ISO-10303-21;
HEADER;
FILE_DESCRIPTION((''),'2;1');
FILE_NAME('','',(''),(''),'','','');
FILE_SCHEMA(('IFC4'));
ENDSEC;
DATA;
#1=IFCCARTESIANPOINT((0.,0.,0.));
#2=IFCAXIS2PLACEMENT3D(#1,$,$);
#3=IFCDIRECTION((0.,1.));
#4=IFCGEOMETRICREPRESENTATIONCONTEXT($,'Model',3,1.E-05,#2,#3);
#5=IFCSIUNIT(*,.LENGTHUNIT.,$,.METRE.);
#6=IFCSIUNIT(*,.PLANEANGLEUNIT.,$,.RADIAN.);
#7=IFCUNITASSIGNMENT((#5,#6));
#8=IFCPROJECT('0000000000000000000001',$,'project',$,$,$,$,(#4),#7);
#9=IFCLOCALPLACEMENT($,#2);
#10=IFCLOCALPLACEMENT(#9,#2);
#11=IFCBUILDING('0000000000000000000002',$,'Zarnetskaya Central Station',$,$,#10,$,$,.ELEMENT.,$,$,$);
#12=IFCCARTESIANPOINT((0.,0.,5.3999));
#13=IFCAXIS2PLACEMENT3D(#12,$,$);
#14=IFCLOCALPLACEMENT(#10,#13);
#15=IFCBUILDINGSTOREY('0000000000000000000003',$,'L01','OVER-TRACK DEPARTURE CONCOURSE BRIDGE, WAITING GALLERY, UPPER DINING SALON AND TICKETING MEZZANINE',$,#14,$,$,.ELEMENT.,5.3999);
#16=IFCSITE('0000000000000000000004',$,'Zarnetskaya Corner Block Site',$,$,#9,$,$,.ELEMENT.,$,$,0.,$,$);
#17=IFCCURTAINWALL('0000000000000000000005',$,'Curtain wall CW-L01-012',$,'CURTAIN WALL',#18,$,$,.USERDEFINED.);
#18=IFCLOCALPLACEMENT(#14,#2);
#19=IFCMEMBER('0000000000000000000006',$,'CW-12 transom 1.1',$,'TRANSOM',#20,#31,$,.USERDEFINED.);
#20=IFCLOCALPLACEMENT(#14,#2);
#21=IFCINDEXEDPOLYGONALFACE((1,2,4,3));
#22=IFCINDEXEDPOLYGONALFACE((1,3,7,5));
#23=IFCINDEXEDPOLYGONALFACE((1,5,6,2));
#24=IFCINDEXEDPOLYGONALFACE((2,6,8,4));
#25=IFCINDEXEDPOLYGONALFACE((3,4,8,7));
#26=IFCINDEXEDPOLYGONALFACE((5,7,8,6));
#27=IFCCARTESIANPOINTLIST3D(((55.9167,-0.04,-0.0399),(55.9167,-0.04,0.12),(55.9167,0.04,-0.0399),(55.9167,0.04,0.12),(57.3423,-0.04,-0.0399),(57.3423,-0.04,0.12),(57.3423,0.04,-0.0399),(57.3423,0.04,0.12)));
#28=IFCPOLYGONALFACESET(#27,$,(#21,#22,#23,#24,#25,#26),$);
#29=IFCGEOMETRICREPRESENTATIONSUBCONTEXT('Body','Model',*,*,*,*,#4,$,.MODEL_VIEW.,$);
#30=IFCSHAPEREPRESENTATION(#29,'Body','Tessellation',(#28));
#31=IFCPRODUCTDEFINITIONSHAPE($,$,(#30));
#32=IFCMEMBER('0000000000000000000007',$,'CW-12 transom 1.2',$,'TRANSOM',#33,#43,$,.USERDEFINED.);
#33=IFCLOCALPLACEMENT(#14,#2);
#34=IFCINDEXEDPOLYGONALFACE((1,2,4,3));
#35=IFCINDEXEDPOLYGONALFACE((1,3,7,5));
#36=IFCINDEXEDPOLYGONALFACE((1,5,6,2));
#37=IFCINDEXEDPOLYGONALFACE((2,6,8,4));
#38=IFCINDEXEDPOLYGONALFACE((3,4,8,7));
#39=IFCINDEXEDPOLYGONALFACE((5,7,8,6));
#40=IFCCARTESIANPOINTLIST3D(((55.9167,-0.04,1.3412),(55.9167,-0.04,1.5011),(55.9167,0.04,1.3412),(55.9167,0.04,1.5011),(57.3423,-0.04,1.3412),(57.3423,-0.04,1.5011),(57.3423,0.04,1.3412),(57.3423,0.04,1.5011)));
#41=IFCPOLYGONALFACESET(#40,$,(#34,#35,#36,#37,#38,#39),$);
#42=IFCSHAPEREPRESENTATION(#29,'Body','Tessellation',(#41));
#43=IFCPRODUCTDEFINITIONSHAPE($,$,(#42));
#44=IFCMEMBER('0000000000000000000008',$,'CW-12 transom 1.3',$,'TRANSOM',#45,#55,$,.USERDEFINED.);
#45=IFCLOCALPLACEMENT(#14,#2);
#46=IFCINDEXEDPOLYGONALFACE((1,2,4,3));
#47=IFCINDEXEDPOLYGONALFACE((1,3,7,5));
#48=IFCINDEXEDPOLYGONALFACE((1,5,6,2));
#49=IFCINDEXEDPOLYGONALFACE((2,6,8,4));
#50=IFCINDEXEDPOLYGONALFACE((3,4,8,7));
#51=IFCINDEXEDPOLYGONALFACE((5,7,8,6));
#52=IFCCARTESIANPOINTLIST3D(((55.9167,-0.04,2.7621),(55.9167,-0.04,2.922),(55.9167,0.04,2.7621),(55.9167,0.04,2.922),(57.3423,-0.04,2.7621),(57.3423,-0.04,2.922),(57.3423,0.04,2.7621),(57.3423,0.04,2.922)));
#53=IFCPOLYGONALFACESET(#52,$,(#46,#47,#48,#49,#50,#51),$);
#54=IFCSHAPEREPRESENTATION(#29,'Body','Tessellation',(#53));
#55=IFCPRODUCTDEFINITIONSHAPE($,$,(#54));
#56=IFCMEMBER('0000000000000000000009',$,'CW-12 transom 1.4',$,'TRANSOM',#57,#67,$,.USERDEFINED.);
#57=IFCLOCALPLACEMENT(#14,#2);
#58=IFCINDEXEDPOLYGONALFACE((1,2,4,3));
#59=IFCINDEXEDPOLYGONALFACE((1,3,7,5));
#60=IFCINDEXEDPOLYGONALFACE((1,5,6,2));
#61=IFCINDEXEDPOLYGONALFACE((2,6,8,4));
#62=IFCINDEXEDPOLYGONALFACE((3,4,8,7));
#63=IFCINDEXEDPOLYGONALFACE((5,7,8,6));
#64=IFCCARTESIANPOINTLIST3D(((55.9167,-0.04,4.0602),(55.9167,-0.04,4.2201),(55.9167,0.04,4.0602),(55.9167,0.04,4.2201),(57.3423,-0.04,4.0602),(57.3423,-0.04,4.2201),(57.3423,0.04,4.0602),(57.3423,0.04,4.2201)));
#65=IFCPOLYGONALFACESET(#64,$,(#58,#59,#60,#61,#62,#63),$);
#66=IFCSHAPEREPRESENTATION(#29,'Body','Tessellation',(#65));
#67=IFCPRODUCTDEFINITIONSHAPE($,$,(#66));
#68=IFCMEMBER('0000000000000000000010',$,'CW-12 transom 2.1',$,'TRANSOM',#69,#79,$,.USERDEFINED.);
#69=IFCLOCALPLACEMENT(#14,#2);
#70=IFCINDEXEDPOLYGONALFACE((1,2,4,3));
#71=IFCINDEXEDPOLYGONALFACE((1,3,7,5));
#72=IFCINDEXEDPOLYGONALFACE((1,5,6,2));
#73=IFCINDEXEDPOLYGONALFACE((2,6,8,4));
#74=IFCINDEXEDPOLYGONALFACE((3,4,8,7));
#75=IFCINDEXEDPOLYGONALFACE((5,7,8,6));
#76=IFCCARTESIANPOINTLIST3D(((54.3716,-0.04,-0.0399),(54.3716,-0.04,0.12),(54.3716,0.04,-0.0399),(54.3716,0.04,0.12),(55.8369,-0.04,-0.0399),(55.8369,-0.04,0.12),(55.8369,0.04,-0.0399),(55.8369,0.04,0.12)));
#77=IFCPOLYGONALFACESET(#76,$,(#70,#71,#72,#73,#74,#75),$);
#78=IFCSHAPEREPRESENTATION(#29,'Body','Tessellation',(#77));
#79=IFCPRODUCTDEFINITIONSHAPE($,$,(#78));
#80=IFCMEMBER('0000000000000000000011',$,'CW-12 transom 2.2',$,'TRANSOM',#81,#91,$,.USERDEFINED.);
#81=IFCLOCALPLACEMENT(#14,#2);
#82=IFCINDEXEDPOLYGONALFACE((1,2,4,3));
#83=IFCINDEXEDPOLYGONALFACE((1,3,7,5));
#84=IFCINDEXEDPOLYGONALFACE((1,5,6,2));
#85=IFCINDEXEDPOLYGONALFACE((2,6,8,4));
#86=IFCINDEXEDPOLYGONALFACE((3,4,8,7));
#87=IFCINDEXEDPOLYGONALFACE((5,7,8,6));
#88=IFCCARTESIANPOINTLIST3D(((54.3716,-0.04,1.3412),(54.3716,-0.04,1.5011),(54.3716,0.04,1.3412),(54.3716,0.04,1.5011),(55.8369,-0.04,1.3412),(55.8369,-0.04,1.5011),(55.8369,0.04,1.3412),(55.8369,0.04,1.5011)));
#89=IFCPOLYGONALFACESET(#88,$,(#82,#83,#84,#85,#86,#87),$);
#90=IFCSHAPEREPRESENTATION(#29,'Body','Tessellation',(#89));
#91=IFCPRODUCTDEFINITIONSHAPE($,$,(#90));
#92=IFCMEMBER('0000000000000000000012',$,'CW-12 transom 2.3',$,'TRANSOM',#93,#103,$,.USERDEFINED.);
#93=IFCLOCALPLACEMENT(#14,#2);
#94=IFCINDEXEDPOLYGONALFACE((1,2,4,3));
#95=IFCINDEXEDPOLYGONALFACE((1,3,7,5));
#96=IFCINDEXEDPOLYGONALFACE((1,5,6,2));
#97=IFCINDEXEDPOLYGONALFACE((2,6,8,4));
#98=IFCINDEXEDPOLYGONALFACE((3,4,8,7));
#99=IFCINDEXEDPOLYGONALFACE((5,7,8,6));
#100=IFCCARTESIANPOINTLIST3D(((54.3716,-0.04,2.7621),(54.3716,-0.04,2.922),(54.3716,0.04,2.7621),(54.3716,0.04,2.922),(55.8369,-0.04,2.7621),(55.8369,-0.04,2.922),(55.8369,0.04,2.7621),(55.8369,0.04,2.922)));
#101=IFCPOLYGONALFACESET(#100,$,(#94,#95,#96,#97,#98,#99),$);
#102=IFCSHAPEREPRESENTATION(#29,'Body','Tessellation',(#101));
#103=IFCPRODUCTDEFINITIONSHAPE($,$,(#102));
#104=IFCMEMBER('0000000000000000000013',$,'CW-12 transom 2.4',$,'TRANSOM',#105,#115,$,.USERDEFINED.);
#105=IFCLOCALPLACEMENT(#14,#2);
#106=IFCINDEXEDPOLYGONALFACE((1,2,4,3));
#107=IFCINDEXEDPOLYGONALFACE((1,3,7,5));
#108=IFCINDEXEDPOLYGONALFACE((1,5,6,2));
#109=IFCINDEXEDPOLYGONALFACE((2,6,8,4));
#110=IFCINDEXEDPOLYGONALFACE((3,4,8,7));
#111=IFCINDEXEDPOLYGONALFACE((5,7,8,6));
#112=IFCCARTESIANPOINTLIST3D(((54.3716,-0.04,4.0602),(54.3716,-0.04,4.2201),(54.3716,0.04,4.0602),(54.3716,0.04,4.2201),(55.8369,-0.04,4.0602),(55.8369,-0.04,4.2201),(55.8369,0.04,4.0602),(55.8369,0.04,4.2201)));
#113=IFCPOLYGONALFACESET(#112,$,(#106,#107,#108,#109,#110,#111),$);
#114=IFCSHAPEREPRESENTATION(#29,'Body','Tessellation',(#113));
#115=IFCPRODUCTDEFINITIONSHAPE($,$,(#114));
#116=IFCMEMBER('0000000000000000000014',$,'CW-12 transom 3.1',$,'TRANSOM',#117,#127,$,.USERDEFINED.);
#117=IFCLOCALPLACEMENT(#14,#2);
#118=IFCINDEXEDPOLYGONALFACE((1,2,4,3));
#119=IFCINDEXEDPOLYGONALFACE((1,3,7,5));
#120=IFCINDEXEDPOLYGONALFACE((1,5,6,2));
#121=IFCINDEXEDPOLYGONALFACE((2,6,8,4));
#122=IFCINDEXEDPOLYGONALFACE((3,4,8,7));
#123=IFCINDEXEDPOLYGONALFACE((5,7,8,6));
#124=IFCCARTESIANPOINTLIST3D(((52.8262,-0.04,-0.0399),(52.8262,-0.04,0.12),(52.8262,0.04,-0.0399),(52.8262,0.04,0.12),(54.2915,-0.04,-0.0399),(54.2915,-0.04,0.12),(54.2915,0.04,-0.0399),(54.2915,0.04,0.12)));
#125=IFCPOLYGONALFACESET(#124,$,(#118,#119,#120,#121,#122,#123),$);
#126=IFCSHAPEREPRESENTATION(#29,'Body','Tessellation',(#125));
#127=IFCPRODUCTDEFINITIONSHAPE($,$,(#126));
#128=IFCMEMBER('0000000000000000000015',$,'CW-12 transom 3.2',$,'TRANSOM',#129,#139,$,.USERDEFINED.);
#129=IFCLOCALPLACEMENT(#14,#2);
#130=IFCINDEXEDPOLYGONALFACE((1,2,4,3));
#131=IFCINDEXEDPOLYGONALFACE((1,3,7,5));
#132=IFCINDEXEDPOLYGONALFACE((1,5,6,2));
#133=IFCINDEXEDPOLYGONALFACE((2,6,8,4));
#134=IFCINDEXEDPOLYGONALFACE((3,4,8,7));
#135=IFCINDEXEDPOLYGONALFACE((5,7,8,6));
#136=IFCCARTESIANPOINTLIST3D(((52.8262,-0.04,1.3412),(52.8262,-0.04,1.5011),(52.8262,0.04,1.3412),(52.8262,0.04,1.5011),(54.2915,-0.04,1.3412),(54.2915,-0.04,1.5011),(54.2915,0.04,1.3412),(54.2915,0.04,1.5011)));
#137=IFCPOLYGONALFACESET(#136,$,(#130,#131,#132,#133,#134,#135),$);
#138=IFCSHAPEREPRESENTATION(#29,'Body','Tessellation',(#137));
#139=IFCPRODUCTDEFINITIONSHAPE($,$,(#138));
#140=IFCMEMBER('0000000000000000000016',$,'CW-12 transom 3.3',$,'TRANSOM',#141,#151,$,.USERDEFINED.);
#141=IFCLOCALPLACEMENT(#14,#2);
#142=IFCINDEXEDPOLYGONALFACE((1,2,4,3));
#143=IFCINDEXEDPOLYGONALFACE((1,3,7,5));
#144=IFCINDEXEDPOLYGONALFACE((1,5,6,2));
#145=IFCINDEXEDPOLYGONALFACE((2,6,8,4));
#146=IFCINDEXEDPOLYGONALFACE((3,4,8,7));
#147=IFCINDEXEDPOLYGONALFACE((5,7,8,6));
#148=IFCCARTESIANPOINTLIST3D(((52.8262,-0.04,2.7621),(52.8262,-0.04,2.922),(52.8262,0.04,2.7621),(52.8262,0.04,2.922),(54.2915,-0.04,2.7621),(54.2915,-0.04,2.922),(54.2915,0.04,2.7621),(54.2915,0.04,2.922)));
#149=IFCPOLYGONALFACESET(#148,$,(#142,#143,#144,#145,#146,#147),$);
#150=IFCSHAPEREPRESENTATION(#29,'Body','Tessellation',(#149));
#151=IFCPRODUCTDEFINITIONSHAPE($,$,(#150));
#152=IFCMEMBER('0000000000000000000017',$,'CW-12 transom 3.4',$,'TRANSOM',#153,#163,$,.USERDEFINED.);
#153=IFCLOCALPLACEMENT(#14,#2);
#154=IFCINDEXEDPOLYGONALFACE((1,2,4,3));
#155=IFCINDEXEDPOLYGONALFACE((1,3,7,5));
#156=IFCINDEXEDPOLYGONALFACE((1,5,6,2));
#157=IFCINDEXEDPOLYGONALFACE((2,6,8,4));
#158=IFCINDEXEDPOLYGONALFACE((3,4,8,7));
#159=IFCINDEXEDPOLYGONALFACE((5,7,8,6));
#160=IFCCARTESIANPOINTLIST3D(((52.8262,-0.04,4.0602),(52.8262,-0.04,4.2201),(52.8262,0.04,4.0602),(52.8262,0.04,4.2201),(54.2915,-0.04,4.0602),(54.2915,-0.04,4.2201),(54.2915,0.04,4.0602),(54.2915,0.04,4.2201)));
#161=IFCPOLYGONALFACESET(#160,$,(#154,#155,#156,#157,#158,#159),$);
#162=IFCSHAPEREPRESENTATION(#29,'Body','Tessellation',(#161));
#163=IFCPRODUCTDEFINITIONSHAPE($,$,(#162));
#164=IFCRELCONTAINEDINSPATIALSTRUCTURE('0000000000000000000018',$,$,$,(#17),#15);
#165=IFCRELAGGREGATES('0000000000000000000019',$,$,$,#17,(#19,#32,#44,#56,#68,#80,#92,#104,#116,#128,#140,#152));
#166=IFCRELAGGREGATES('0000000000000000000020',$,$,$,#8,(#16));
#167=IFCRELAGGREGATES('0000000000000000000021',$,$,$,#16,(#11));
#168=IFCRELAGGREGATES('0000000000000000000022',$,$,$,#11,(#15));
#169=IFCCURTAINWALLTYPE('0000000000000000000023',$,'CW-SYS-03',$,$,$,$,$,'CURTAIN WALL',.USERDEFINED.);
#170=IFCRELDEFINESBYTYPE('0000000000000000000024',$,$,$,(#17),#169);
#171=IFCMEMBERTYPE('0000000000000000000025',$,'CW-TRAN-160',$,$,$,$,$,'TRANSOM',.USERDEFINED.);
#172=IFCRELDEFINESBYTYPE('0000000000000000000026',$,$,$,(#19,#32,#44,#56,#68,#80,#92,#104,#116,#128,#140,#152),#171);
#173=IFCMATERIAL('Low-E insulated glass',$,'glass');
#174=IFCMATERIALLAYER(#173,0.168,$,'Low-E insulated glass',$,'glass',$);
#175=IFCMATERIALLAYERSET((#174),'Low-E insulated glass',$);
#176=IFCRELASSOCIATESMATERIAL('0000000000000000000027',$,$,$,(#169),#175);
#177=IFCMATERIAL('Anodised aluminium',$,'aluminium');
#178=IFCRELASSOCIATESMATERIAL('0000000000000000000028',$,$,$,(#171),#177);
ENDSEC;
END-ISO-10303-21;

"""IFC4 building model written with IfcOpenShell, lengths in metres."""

from ifc_helpers import new_model, si_unit, direction, frame, origin, origin_2d, place, context, subcontext, project, spatial, rectangle, extrude, material, layer, layer_set, material_profile, profile_set, type_object, element, aggregate, save


model = new_model("IFC4")

# Units and contexts
model_context = context("Model", 3, precision=1e-05, world=origin(), true_north=direction((0.0, 1.0)))
body_context = subcontext(model_context, "Body", "Model", "MODEL_VIEW")
ifc_project = project(units=[si_unit("LENGTHUNIT", "METRE"), si_unit("PLANEANGLEUNIT", "RADIAN")], contexts=[model_context])

# Site, building, storey
site_placement = place(None, origin())
site = spatial("IfcSite", under=ifc_project, at=site_placement, Name="Zarnetskaya Corner Block Site", CompositionType="ELEMENT", RefElevation=0.0)
building_placement = place(site_placement, origin())
building = spatial("IfcBuilding", under=site, at=building_placement, Name="Zarnetskaya Central Station", CompositionType="ELEMENT")
storey_placement = place(building_placement, frame((0.0, 0.0, 5.3999)))
storey = spatial("IfcBuildingStorey", under=building, at=storey_placement, Name="L01", Description="OVER-TRACK DEPARTURE CONCOURSE BRIDGE, WAITING GALLERY, UPPER DINING SALON AND TICKETING MEZZANINE", CompositionType="ELEMENT", Elevation=5.3999)

# Curtain wall
ifc_material_1 = material(Name="Low-E insulated glass", Category="glass")
ifc_material_2 = material(Name="Anodised aluminium", Category="aluminium")
ifc_layer_1 = layer(ifc_material_1, 0.168, Name="Low-E insulated glass", Category="glass")
ifc_layer_set_1 = layer_set([ifc_layer_1], Name="Low-E insulated glass")
curtain_wall_type_1 = type_object("IfcCurtainWallType", Name="CW-SYS-03", ElementType="CURTAIN WALL", PredefinedType="USERDEFINED", material=ifc_layer_set_1)
curtain_wall_1_placement = place(storey_placement, origin())
curtain_wall_1 = element("IfcCurtainWall", 1, at=curtain_wall_1_placement, inside=storey, type_object=curtain_wall_type_1, Name="Curtain wall CW-L01-012", ObjectType="CURTAIN WALL", PredefinedType="USERDEFINED")

# Members
ifc_material_profile_1 = material_profile(ifc_material_2, rectangle(XDim=0.0801, YDim=0.1599, at=origin_2d()), Name="ALU TRAN 80x160")
ifc_profile_set_1 = profile_set([ifc_material_profile_1], Name="Anodised aluminium")
member_type_1 = type_object("IfcMemberType", Name="CW-TRAN-160", ElementType="TRANSOM", PredefinedType="USERDEFINED", material=ifc_profile_set_1)
member_1_placement = place(storey_placement, frame((57.3423, 0.0, 0.04), z_axis=(-1.0, 0.0, 0.0), x_axis=(0.0, -1.0, 0.0)))
member_1 = element("IfcMember", 2, at=member_1_placement, type_object=member_type_1, Name="CW-12 transom 1.1", ObjectType="TRANSOM", PredefinedType="USERDEFINED", context=body_context, shape_type="SweptSolid", body=[
    extrude(rectangle(XDim=0.0801, YDim=0.1599, at=origin_2d()), origin(), (0.0, 0.0, 1.0), 1.4255),
])
member_2_placement = place(storey_placement, frame((57.3423, 0.0, 1.4211), z_axis=(-1.0, 0.0, 0.0), x_axis=(0.0, -1.0, 0.0)))
member_2 = element("IfcMember", 3, at=member_2_placement, type_object=member_type_1, Name="CW-12 transom 1.2", ObjectType="TRANSOM", PredefinedType="USERDEFINED", context=body_context, shape_type="SweptSolid", body=[
    extrude(rectangle(XDim=0.0801, YDim=0.1599, at=origin_2d()), origin(), (0.0, 0.0, 1.0), 1.4255),
])
member_3_placement = place(storey_placement, frame((57.3423, 0.0, 2.842), z_axis=(-1.0, 0.0, 0.0), x_axis=(0.0, -1.0, 0.0)))
member_3 = element("IfcMember", 4, at=member_3_placement, type_object=member_type_1, Name="CW-12 transom 1.3", ObjectType="TRANSOM", PredefinedType="USERDEFINED", context=body_context, shape_type="SweptSolid", body=[
    extrude(rectangle(XDim=0.0801, YDim=0.1599, at=origin_2d()), origin(), (0.0, 0.0, 1.0), 1.4255),
])
member_4_placement = place(storey_placement, frame((57.3423, 0.0, 4.1401), z_axis=(-1.0, 0.0, 0.0), x_axis=(0.0, -1.0, 0.0)))
member_4 = element("IfcMember", 5, at=member_4_placement, type_object=member_type_1, Name="CW-12 transom 1.4", ObjectType="TRANSOM", PredefinedType="USERDEFINED", context=body_context, shape_type="SweptSolid", body=[
    extrude(rectangle(XDim=0.0801, YDim=0.1599, at=origin_2d()), origin(), (0.0, 0.0, 1.0), 1.4255),
])
member_5_placement = place(storey_placement, frame((55.8369, 0.0, 0.04), z_axis=(-1.0, 0.0, 0.0), x_axis=(0.0, -1.0, 0.0)))
member_5 = element("IfcMember", 6, at=member_5_placement, type_object=member_type_1, Name="CW-12 transom 2.1", ObjectType="TRANSOM", PredefinedType="USERDEFINED", context=body_context, shape_type="SweptSolid", body=[
    extrude(rectangle(XDim=0.0801, YDim=0.1599, at=origin_2d()), origin(), (0.0, 0.0, 1.0), 1.4653),
])
member_6_placement = place(storey_placement, frame((55.8369, 0.0, 1.4211), z_axis=(-1.0, 0.0, 0.0), x_axis=(0.0, -1.0, 0.0)))
member_6 = element("IfcMember", 7, at=member_6_placement, type_object=member_type_1, Name="CW-12 transom 2.2", ObjectType="TRANSOM", PredefinedType="USERDEFINED", context=body_context, shape_type="SweptSolid", body=[
    extrude(rectangle(XDim=0.0801, YDim=0.1599, at=origin_2d()), origin(), (0.0, 0.0, 1.0), 1.4653),
])
member_7_placement = place(storey_placement, frame((55.8369, 0.0, 2.842), z_axis=(-1.0, 0.0, 0.0), x_axis=(0.0, -1.0, 0.0)))
member_7 = element("IfcMember", 8, at=member_7_placement, type_object=member_type_1, Name="CW-12 transom 2.3", ObjectType="TRANSOM", PredefinedType="USERDEFINED", context=body_context, shape_type="SweptSolid", body=[
    extrude(rectangle(XDim=0.0801, YDim=0.1599, at=origin_2d()), origin(), (0.0, 0.0, 1.0), 1.4653),
])
member_8_placement = place(storey_placement, frame((55.8369, 0.0, 4.1401), z_axis=(-1.0, 0.0, 0.0), x_axis=(0.0, -1.0, 0.0)))
member_8 = element("IfcMember", 9, at=member_8_placement, type_object=member_type_1, Name="CW-12 transom 2.4", ObjectType="TRANSOM", PredefinedType="USERDEFINED", context=body_context, shape_type="SweptSolid", body=[
    extrude(rectangle(XDim=0.0801, YDim=0.1599, at=origin_2d()), origin(), (0.0, 0.0, 1.0), 1.4653),
])
member_9_placement = place(storey_placement, frame((54.2915, 0.0, 0.04), z_axis=(-1.0, 0.0, 0.0), x_axis=(0.0, -1.0, 0.0)))
member_9 = element("IfcMember", 10, at=member_9_placement, type_object=member_type_1, Name="CW-12 transom 3.1", ObjectType="TRANSOM", PredefinedType="USERDEFINED", context=body_context, shape_type="SweptSolid", body=[
    extrude(rectangle(XDim=0.0801, YDim=0.1599, at=origin_2d()), origin(), (0.0, 0.0, 1.0), 1.4653),
])
member_10_placement = place(storey_placement, frame((54.2915, 0.0, 1.4211), z_axis=(-1.0, 0.0, 0.0), x_axis=(0.0, -1.0, 0.0)))
member_10 = element("IfcMember", 11, at=member_10_placement, type_object=member_type_1, Name="CW-12 transom 3.2", ObjectType="TRANSOM", PredefinedType="USERDEFINED", context=body_context, shape_type="SweptSolid", body=[
    extrude(rectangle(XDim=0.0801, YDim=0.1599, at=origin_2d()), origin(), (0.0, 0.0, 1.0), 1.4653),
])
member_11_placement = place(storey_placement, frame((54.2915, 0.0, 2.842), z_axis=(-1.0, 0.0, 0.0), x_axis=(0.0, -1.0, 0.0)))
member_11 = element("IfcMember", 12, at=member_11_placement, type_object=member_type_1, Name="CW-12 transom 3.3", ObjectType="TRANSOM", PredefinedType="USERDEFINED", context=body_context, shape_type="SweptSolid", body=[
    extrude(rectangle(XDim=0.0801, YDim=0.1599, at=origin_2d()), origin(), (0.0, 0.0, 1.0), 1.4653),
])
member_12_placement = place(storey_placement, frame((54.2915, 0.0, 4.1401), z_axis=(-1.0, 0.0, 0.0), x_axis=(0.0, -1.0, 0.0)))
member_12 = element("IfcMember", 13, at=member_12_placement, type_object=member_type_1, Name="CW-12 transom 3.4", ObjectType="TRANSOM", PredefinedType="USERDEFINED", context=body_context, shape_type="SweptSolid", body=[
    extrude(rectangle(XDim=0.0801, YDim=0.1599, at=origin_2d()), origin(), (0.0, 0.0, 1.0), 1.4653),
])

aggregate(curtain_wall_1, [member_1, member_2, member_3, member_4, member_5, member_6, member_7, member_8, member_9, member_10, member_11, member_12])

save(model, "model.ifc")
